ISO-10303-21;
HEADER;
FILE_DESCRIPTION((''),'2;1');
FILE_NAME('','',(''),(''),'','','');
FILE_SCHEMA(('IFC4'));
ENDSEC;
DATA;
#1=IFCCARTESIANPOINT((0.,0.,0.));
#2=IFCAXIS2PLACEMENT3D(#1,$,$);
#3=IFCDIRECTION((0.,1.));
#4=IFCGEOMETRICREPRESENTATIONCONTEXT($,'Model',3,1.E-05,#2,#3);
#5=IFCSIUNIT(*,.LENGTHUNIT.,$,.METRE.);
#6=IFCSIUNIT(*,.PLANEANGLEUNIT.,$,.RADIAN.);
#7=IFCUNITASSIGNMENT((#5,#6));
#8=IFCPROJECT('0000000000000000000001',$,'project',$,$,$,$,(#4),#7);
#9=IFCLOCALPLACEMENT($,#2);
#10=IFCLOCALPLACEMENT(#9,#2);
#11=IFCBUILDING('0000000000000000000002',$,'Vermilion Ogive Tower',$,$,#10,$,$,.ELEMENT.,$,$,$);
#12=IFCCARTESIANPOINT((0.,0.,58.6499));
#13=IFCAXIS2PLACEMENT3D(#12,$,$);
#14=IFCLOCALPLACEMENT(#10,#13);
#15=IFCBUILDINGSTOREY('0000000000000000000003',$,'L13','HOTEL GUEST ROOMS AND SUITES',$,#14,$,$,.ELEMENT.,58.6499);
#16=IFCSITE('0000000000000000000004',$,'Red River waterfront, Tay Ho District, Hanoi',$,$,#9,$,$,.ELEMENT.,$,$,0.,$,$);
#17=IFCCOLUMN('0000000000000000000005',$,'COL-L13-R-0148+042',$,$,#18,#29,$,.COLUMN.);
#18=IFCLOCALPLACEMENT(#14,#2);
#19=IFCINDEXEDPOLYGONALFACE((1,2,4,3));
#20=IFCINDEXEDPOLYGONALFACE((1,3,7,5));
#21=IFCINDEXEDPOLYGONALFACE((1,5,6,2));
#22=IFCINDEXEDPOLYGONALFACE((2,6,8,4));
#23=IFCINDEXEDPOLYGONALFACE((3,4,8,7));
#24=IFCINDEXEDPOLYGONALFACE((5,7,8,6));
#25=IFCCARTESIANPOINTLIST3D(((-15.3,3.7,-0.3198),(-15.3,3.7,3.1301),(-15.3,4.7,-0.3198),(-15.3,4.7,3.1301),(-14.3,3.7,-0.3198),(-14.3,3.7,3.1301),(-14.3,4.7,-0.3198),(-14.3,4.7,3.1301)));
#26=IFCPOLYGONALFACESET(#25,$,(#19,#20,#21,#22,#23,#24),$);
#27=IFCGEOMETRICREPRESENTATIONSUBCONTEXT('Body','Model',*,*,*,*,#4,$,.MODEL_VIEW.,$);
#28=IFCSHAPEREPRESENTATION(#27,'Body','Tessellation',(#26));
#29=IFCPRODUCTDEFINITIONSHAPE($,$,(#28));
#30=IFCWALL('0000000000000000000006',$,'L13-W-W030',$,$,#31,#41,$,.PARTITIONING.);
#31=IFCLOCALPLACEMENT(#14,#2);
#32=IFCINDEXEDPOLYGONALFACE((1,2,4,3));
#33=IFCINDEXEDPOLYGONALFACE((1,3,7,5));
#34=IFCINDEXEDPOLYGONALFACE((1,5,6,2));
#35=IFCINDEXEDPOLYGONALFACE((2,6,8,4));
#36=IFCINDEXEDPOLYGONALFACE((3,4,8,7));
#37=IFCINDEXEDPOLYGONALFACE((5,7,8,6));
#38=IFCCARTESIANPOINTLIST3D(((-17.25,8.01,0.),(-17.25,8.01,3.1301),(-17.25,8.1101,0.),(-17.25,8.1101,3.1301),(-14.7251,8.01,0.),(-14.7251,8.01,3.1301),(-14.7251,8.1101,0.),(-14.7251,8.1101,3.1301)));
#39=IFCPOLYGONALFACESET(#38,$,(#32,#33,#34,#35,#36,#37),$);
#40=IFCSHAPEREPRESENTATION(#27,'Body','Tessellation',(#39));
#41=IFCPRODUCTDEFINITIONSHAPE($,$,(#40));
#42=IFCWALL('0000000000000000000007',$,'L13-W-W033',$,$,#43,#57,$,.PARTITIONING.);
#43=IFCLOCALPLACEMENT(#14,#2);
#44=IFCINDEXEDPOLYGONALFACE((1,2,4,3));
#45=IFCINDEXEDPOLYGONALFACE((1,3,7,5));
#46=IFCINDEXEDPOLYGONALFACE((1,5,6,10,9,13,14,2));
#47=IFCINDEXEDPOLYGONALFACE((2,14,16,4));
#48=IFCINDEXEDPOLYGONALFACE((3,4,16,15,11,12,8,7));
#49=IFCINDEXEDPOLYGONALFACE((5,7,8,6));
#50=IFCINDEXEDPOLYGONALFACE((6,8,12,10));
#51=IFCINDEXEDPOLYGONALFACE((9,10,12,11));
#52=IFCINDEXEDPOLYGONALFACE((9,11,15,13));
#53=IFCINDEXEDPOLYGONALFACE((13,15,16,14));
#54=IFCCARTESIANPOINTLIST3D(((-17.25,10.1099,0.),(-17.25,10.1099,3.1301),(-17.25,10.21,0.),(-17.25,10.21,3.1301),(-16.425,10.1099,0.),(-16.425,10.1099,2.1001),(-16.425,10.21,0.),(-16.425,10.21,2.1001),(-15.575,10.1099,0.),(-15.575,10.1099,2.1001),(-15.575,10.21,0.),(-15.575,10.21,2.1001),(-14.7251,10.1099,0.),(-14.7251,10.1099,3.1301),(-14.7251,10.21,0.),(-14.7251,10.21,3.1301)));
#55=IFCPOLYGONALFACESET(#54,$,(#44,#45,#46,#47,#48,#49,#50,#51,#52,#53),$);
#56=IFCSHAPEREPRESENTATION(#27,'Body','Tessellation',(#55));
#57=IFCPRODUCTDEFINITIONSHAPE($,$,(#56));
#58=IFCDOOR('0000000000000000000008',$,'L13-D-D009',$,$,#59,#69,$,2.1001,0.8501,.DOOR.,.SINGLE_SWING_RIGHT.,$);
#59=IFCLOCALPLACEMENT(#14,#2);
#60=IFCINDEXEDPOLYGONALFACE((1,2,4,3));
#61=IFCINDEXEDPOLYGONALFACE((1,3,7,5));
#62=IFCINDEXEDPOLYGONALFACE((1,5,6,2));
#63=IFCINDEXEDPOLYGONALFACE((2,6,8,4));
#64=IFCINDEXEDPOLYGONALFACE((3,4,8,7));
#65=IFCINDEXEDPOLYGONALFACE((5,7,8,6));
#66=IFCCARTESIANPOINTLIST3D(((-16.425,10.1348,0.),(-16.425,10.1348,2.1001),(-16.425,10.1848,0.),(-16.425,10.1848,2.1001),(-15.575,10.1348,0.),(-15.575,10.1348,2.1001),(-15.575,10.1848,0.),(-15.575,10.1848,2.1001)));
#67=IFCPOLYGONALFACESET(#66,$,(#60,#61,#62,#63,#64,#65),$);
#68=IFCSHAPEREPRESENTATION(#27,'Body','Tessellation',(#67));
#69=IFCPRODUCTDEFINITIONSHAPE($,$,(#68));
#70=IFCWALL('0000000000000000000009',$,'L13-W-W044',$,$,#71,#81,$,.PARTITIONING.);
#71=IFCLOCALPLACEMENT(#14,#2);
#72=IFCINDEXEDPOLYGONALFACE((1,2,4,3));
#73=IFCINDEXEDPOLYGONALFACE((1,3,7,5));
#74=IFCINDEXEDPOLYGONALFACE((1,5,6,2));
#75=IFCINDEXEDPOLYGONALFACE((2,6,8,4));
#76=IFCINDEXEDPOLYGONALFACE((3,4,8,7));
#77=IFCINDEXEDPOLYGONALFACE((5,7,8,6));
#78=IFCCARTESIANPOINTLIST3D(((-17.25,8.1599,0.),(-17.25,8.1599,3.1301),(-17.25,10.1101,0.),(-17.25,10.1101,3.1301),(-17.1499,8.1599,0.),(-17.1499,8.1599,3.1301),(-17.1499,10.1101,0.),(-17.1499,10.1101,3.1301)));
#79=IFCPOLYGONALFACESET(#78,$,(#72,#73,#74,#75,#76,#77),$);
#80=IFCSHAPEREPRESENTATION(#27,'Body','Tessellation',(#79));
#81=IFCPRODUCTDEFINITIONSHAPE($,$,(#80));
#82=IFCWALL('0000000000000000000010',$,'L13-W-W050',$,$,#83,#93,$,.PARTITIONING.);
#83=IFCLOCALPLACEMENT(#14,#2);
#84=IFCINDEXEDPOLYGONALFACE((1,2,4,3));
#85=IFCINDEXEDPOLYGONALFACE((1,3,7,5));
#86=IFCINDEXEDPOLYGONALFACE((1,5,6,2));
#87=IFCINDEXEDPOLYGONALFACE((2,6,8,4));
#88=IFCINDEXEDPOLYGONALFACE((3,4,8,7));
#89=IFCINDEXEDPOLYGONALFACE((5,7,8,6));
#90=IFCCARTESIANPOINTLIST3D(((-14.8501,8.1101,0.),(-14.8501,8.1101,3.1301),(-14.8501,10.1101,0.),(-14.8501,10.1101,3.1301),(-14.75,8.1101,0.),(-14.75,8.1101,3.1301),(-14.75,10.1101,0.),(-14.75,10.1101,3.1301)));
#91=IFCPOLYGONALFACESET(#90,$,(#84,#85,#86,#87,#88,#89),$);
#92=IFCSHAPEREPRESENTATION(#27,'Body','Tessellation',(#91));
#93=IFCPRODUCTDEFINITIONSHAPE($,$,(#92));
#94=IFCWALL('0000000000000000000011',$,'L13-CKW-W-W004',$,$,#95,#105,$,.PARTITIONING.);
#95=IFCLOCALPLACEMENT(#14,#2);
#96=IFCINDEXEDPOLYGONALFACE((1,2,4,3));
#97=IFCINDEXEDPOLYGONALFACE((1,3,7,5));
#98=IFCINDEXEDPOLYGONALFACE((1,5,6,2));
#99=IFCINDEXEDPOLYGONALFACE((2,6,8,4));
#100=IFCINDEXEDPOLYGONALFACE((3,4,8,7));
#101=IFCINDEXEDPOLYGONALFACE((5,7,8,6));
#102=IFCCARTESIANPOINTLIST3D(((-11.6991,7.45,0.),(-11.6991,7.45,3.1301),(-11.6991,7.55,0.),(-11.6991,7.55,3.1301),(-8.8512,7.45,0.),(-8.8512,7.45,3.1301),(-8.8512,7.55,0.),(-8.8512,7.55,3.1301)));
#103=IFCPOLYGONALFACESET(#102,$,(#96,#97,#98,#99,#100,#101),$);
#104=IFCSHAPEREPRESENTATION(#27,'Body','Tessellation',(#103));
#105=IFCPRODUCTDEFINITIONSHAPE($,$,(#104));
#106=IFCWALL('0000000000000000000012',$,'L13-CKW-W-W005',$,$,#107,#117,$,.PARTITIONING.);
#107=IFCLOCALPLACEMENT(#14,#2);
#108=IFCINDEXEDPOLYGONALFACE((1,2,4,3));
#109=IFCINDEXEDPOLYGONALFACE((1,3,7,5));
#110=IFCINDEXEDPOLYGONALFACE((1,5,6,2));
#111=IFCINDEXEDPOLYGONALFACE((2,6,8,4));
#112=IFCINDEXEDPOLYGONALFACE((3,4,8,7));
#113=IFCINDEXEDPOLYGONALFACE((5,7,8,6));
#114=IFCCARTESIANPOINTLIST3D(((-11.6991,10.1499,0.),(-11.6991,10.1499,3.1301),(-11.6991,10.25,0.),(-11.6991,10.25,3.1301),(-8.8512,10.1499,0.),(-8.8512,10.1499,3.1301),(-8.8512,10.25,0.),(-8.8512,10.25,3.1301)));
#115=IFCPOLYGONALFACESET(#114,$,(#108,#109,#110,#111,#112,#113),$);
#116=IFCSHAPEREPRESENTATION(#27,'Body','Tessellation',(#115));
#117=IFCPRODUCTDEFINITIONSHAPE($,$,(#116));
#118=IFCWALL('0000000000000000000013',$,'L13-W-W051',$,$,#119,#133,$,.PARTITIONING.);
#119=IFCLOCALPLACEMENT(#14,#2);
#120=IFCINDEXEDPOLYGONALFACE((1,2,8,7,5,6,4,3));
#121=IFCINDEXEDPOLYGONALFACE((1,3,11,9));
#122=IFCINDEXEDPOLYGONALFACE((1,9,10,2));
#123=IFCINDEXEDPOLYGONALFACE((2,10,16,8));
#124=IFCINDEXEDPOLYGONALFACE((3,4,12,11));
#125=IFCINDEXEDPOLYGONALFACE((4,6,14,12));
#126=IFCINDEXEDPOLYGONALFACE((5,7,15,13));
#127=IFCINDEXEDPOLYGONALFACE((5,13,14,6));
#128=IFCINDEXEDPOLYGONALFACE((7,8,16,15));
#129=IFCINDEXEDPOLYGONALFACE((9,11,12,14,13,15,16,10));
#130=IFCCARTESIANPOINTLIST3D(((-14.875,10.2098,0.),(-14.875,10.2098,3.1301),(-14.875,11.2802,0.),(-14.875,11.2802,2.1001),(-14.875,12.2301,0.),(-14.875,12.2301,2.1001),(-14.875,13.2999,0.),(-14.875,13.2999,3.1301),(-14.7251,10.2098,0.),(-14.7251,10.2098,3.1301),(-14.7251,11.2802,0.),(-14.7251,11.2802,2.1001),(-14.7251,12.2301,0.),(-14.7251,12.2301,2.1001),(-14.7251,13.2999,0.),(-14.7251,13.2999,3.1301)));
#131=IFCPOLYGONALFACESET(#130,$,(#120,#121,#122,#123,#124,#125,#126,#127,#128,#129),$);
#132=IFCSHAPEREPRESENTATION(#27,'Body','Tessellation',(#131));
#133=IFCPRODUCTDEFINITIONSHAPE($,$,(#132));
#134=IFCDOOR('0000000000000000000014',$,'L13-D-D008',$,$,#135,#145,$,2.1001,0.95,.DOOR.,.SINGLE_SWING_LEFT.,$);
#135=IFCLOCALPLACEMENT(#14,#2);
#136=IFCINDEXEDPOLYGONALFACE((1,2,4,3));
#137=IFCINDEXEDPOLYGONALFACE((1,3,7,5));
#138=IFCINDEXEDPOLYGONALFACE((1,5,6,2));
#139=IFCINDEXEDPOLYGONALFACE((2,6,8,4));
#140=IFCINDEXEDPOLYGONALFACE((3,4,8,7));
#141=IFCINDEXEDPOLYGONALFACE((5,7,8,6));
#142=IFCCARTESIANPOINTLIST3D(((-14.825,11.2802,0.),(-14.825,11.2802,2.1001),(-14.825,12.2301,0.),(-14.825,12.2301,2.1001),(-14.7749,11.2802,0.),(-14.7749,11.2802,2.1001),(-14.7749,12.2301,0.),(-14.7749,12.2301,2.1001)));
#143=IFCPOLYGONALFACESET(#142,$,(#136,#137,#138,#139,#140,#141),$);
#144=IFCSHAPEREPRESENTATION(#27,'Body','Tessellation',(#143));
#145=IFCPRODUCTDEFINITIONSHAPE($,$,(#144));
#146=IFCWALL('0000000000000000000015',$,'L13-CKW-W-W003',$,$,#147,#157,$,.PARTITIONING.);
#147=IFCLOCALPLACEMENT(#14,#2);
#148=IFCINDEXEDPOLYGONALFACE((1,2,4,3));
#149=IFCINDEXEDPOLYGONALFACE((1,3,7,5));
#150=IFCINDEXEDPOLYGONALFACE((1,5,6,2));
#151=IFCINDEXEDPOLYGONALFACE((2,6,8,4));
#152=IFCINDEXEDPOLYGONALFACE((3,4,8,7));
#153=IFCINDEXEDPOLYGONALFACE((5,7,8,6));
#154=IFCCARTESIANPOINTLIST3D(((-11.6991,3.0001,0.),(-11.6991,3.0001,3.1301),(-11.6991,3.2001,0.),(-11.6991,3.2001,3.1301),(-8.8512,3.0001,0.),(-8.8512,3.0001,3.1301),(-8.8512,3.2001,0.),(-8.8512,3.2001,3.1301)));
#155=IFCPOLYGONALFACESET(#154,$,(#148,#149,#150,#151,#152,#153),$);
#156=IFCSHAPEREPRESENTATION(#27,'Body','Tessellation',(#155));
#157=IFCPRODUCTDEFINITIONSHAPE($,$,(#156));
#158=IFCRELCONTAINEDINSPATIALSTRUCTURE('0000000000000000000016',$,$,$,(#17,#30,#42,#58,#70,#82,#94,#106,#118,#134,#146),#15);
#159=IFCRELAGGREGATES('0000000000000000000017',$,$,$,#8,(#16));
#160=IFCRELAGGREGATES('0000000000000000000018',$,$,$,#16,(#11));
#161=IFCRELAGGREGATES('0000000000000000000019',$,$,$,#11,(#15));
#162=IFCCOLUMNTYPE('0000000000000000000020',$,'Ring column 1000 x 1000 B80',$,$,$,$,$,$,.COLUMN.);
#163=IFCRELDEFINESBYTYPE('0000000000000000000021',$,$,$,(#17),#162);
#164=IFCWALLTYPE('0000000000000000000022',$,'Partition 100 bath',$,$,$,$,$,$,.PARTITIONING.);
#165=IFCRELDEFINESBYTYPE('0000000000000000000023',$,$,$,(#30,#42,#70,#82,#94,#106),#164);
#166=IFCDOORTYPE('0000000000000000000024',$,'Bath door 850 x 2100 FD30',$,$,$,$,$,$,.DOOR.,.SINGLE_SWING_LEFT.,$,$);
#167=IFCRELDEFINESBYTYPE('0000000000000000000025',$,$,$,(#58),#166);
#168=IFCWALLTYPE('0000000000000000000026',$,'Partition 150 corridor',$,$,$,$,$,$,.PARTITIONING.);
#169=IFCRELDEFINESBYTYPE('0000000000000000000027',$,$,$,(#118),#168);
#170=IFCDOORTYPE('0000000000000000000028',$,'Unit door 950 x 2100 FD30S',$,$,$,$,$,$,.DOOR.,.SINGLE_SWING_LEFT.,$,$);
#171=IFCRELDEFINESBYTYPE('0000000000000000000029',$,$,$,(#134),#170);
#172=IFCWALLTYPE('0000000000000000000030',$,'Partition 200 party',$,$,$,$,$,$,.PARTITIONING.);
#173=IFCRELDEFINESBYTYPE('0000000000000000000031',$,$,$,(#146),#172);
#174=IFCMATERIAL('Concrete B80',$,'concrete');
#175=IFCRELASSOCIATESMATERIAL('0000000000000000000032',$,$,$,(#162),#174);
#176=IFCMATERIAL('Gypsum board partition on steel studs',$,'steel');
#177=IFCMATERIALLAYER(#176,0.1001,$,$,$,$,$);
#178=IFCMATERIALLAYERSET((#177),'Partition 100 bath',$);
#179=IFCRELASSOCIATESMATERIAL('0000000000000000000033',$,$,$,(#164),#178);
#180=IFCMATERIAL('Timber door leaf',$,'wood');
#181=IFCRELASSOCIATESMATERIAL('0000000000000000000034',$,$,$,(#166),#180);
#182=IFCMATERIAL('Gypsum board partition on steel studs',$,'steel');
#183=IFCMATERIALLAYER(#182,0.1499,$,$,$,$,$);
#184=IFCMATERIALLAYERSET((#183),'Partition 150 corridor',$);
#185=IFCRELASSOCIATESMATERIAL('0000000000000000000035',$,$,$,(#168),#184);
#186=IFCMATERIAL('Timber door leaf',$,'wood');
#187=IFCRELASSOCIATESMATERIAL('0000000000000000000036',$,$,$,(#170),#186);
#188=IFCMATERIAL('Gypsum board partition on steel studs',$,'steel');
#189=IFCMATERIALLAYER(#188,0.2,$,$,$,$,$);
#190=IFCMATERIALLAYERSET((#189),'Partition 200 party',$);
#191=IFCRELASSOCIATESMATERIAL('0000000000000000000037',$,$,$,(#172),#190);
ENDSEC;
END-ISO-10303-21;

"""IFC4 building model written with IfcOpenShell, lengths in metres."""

from ifc_helpers import new_model, si_unit, direction, frame, frame_2d, origin, origin_2d, place, context, subcontext, project, spatial, rectangle, extrude, material, layer, layer_set, material_profile, profile_set, type_object, element, fill, save


model = new_model("IFC4")

# Units and contexts
model_context = context("Model", 3, precision=1e-05, world=origin(), true_north=direction((0.0, 1.0)))
body_context = subcontext(model_context, "Body", "Model", "MODEL_VIEW")
ifc_project = project(units=[si_unit("LENGTHUNIT", "METRE"), si_unit("PLANEANGLEUNIT", "RADIAN")], contexts=[model_context])

# Site, building, storey
site_placement = place(None, origin())
site = spatial("IfcSite", under=ifc_project, at=site_placement, Name="Red River waterfront, Tay Ho District, Hanoi", CompositionType="ELEMENT", RefElevation=0.0)
building_placement = place(site_placement, origin())
building = spatial("IfcBuilding", under=site, at=building_placement, Name="Vermilion Ogive Tower", CompositionType="ELEMENT")
storey_placement = place(building_placement, frame((0.0, 0.0, 58.6499)))
storey = spatial("IfcBuildingStorey", under=building, at=storey_placement, Name="L13", Description="HOTEL GUEST ROOMS AND SUITES", CompositionType="ELEMENT", Elevation=58.6499)

# Column
ifc_material_1 = material(Name="Concrete B80", Category="concrete")
ifc_material_profile = material_profile(ifc_material_1, rectangle(XDim=1.0, YDim=1.0, at=origin_2d()), Name="1000 x 1000")
ifc_profile_set = profile_set([ifc_material_profile], Name="Concrete B80")
column_type = type_object("IfcColumnType", Name="Ring column 1000 x 1000 B80", PredefinedType="COLUMN", material=ifc_profile_set)
column_placement = place(storey_placement, frame((-14.8, 4.2, -0.3198), z_axis=(0.0, 0.0, 1.0), x_axis=(1.0, 0.0, 0.0)))
element("IfcColumn", 1, at=column_placement, inside=storey, type_object=column_type, Name="COL-L13-R-0148+042", PredefinedType="COLUMN", context=body_context, shape_type="SweptSolid", body=[
    extrude(rectangle(XDim=1.0, YDim=1.0, at=origin_2d()), origin(), (0.0, 0.0, 1.0), 3.45),
])

# Wall
ifc_material_2 = material(Name="Gypsum board partition on steel studs", Category="steel")
ifc_layer_1 = layer(ifc_material_2, 0.1001)
ifc_layer_set_1 = layer_set([ifc_layer_1], Name="Partition 100 bath")
wall_type_1 = type_object("IfcWallType", Name="Partition 100 bath", PredefinedType="PARTITIONING", material=ifc_layer_set_1)
wall_1_placement = place(storey_placement, frame((-17.25, 8.0601, 0.0), z_axis=(0.0, 0.0, 1.0), x_axis=(1.0, 0.0, 0.0)))
element("IfcWall", 2, at=wall_1_placement, inside=storey, type_object=wall_type_1, Name="L13-W-W030", PredefinedType="PARTITIONING", context=body_context, shape_type="SweptSolid", body=[
    extrude(rectangle(XDim=2.5249, YDim=0.1001, at=frame_2d((1.2625, 0.0))), origin(), (0.0, 0.0, 1.0), 3.1301),
])

# Wall, opening, door
wall_2_placement = place(storey_placement, frame((-17.25, 10.1599, 0.0), z_axis=(0.0, 0.0, 1.0), x_axis=(1.0, 0.0, 0.0)))
wall_2 = element("IfcWall", 3, at=wall_2_placement, inside=storey, type_object=wall_type_1, Name="L13-W-W033", PredefinedType="PARTITIONING", context=body_context, shape_type="SweptSolid", body=[
    extrude(rectangle(XDim=2.5249, YDim=0.1001, at=frame_2d((1.2625, 0.0))), origin(), (0.0, 0.0, 1.0), 3.1301),
])
opening_1_placement = place(wall_2_placement, frame((0.825, 0.0, 0.0)))
opening_1 = element("IfcOpeningElement", 4, at=opening_1_placement, cuts=wall_2, PredefinedType="OPENING", context=body_context, shape_type="SweptSolid", body=[
    extrude(rectangle(XDim=0.8501, YDim=2.1001, at=frame_2d((0.425, 1.05))), frame((0.0, 0.0601, 0.0), z_axis=(0.0, -1.0, 0.0), x_axis=(1.0, 0.0, 0.0)), (0.0, 0.0, 1.0), 0.1201),
])
ifc_material_3 = material(Name="Timber door leaf", Category="wood")
door_type_1 = type_object("IfcDoorType", Name="Bath door 850 x 2100 FD30", OperationType="SINGLE_SWING_LEFT", PredefinedType="DOOR", material=ifc_material_3)
door_1_placement = place(opening_1_placement, origin())
door_1 = element("IfcDoor", 5, at=door_1_placement, inside=storey, type_object=door_type_1, Name="L13-D-D009", OperationType="SINGLE_SWING_RIGHT", OverallHeight=2.1001, OverallWidth=0.8501, PredefinedType="DOOR", context=body_context, shape_type="SweptSolid", body=[
    extrude(rectangle(XDim=0.8501, YDim=2.1001, at=frame_2d((0.425, 1.05))), frame((0.0, 0.0249, 0.0), z_axis=(0.0, -1.0, 0.0), x_axis=(1.0, 0.0, 0.0)), (0.0, 0.0, 1.0), 0.05),
])
fill(opening_1, door_1)

# Walls
wall_3_placement = place(storey_placement, frame((-17.2, 8.1599, 0.0), z_axis=(0.0, 0.0, 1.0), x_axis=(0.0, 1.0, 0.0)))
element("IfcWall", 6, at=wall_3_placement, inside=storey, type_object=wall_type_1, Name="L13-W-W044", PredefinedType="PARTITIONING", context=body_context, shape_type="SweptSolid", body=[
    extrude(rectangle(XDim=1.9502, YDim=0.1001, at=frame_2d((0.9751, 0.0))), origin(), (0.0, 0.0, 1.0), 3.1301),
])
wall_4_placement = place(storey_placement, frame((-14.8, 8.1101, 0.0), z_axis=(0.0, 0.0, 1.0), x_axis=(0.0, 1.0, 0.0)))
element("IfcWall", 7, at=wall_4_placement, inside=storey, type_object=wall_type_1, Name="L13-W-W050", PredefinedType="PARTITIONING", context=body_context, shape_type="SweptSolid", body=[
    extrude(rectangle(XDim=2.0, YDim=0.1001, at=frame_2d((1.0, 0.0))), origin(), (0.0, 0.0, 1.0), 3.1301),
])
for number, where, z_axis, x_axis, name in (
    (8, (-11.699, 7.5, 0.0), (0.0, 0.0, 1.0), (1.0, 0.0, 0.0), "L13-CKW-W-W004"),
    (9, (-11.699, 10.2, 0.0), (0.0, 0.0, 1.0), (1.0, 0.0, 0.0), "L13-CKW-W-W005"),
):
    element("IfcWall", number, at=place(storey_placement, frame(where, z_axis=z_axis, x_axis=x_axis)), inside=storey, type_object=wall_type_1, Name=name, PredefinedType="PARTITIONING", context=body_context, shape_type="SweptSolid", body=[
        extrude(rectangle(XDim=2.8479, YDim=0.1001, at=frame_2d((1.4238, 0.0))), origin(), (0.0, 0.0, 1.0), 3.1301),
    ])

# Wall, opening, door
ifc_material_4 = material(Name="Gypsum board partition on steel studs", Category="steel")
ifc_layer_2 = layer(ifc_material_4, 0.1499)
ifc_layer_set_2 = layer_set([ifc_layer_2], Name="Partition 150 corridor")
wall_type_2 = type_object("IfcWallType", Name="Partition 150 corridor", PredefinedType="PARTITIONING", material=ifc_layer_set_2)
wall_5_placement = place(storey_placement, frame((-14.8, 10.21, 0.0), z_axis=(0.0, 0.0, 1.0), x_axis=(0.0, 1.0, 0.0)))
wall_5 = element("IfcWall", 10, at=wall_5_placement, inside=storey, type_object=wall_type_2, Name="L13-W-W051", PredefinedType="PARTITIONING", context=body_context, shape_type="SweptSolid", body=[
    extrude(rectangle(XDim=3.0901, YDim=0.1499, at=frame_2d((1.5449, 0.0))), origin(), (0.0, 0.0, 1.0), 3.1301),
])
opening_2_placement = place(wall_5_placement, frame((1.0701, 0.0, 0.0)))
opening_2 = element("IfcOpeningElement", 11, at=opening_2_placement, cuts=wall_5, PredefinedType="OPENING", context=body_context, shape_type="SweptSolid", body=[
    extrude(rectangle(XDim=0.95, YDim=2.1001, at=frame_2d((0.4751, 1.05))), frame((0.0, 0.085, 0.0), z_axis=(0.0, -1.0, 0.0), x_axis=(1.0, 0.0, 0.0)), (0.0, 0.0, 1.0), 0.1699),
])
ifc_material_5 = material(Name="Timber door leaf", Category="wood")
door_type_2 = type_object("IfcDoorType", Name="Unit door 950 x 2100 FD30S", OperationType="SINGLE_SWING_LEFT", PredefinedType="DOOR", material=ifc_material_5)
door_2_placement = place(opening_2_placement, origin())
door_2 = element("IfcDoor", 12, at=door_2_placement, inside=storey, type_object=door_type_2, Name="L13-D-D008", OperationType="SINGLE_SWING_LEFT", OverallHeight=2.1001, OverallWidth=0.95, PredefinedType="DOOR", context=body_context, shape_type="SweptSolid", body=[
    extrude(rectangle(XDim=0.95, YDim=2.1001, at=frame_2d((0.4751, 1.05))), frame((0.0, 0.0249, 0.0), z_axis=(0.0, -1.0, 0.0), x_axis=(1.0, 0.0, 0.0)), (0.0, 0.0, 1.0), 0.05),
])
fill(opening_2, door_2)

# Wall
ifc_material_6 = material(Name="Gypsum board partition on steel studs", Category="steel")
ifc_layer_3 = layer(ifc_material_6, 0.2)
ifc_layer_set_3 = layer_set([ifc_layer_3], Name="Partition 200 party")
wall_type_3 = type_object("IfcWallType", Name="Partition 200 party", PredefinedType="PARTITIONING", material=ifc_layer_set_3)
wall_6_placement = place(storey_placement, frame((-11.699, 3.1001, 0.0), z_axis=(0.0, 0.0, 1.0), x_axis=(1.0, 0.0, 0.0)))
element("IfcWall", 13, at=wall_6_placement, inside=storey, type_object=wall_type_3, Name="L13-CKW-W-W003", PredefinedType="PARTITIONING", context=body_context, shape_type="SweptSolid", body=[
    extrude(rectangle(XDim=2.8479, YDim=0.2, at=frame_2d((1.4238, 0.0))), origin(), (0.0, 0.0, 1.0), 3.1301),
])

save(model, "model.ifc")
